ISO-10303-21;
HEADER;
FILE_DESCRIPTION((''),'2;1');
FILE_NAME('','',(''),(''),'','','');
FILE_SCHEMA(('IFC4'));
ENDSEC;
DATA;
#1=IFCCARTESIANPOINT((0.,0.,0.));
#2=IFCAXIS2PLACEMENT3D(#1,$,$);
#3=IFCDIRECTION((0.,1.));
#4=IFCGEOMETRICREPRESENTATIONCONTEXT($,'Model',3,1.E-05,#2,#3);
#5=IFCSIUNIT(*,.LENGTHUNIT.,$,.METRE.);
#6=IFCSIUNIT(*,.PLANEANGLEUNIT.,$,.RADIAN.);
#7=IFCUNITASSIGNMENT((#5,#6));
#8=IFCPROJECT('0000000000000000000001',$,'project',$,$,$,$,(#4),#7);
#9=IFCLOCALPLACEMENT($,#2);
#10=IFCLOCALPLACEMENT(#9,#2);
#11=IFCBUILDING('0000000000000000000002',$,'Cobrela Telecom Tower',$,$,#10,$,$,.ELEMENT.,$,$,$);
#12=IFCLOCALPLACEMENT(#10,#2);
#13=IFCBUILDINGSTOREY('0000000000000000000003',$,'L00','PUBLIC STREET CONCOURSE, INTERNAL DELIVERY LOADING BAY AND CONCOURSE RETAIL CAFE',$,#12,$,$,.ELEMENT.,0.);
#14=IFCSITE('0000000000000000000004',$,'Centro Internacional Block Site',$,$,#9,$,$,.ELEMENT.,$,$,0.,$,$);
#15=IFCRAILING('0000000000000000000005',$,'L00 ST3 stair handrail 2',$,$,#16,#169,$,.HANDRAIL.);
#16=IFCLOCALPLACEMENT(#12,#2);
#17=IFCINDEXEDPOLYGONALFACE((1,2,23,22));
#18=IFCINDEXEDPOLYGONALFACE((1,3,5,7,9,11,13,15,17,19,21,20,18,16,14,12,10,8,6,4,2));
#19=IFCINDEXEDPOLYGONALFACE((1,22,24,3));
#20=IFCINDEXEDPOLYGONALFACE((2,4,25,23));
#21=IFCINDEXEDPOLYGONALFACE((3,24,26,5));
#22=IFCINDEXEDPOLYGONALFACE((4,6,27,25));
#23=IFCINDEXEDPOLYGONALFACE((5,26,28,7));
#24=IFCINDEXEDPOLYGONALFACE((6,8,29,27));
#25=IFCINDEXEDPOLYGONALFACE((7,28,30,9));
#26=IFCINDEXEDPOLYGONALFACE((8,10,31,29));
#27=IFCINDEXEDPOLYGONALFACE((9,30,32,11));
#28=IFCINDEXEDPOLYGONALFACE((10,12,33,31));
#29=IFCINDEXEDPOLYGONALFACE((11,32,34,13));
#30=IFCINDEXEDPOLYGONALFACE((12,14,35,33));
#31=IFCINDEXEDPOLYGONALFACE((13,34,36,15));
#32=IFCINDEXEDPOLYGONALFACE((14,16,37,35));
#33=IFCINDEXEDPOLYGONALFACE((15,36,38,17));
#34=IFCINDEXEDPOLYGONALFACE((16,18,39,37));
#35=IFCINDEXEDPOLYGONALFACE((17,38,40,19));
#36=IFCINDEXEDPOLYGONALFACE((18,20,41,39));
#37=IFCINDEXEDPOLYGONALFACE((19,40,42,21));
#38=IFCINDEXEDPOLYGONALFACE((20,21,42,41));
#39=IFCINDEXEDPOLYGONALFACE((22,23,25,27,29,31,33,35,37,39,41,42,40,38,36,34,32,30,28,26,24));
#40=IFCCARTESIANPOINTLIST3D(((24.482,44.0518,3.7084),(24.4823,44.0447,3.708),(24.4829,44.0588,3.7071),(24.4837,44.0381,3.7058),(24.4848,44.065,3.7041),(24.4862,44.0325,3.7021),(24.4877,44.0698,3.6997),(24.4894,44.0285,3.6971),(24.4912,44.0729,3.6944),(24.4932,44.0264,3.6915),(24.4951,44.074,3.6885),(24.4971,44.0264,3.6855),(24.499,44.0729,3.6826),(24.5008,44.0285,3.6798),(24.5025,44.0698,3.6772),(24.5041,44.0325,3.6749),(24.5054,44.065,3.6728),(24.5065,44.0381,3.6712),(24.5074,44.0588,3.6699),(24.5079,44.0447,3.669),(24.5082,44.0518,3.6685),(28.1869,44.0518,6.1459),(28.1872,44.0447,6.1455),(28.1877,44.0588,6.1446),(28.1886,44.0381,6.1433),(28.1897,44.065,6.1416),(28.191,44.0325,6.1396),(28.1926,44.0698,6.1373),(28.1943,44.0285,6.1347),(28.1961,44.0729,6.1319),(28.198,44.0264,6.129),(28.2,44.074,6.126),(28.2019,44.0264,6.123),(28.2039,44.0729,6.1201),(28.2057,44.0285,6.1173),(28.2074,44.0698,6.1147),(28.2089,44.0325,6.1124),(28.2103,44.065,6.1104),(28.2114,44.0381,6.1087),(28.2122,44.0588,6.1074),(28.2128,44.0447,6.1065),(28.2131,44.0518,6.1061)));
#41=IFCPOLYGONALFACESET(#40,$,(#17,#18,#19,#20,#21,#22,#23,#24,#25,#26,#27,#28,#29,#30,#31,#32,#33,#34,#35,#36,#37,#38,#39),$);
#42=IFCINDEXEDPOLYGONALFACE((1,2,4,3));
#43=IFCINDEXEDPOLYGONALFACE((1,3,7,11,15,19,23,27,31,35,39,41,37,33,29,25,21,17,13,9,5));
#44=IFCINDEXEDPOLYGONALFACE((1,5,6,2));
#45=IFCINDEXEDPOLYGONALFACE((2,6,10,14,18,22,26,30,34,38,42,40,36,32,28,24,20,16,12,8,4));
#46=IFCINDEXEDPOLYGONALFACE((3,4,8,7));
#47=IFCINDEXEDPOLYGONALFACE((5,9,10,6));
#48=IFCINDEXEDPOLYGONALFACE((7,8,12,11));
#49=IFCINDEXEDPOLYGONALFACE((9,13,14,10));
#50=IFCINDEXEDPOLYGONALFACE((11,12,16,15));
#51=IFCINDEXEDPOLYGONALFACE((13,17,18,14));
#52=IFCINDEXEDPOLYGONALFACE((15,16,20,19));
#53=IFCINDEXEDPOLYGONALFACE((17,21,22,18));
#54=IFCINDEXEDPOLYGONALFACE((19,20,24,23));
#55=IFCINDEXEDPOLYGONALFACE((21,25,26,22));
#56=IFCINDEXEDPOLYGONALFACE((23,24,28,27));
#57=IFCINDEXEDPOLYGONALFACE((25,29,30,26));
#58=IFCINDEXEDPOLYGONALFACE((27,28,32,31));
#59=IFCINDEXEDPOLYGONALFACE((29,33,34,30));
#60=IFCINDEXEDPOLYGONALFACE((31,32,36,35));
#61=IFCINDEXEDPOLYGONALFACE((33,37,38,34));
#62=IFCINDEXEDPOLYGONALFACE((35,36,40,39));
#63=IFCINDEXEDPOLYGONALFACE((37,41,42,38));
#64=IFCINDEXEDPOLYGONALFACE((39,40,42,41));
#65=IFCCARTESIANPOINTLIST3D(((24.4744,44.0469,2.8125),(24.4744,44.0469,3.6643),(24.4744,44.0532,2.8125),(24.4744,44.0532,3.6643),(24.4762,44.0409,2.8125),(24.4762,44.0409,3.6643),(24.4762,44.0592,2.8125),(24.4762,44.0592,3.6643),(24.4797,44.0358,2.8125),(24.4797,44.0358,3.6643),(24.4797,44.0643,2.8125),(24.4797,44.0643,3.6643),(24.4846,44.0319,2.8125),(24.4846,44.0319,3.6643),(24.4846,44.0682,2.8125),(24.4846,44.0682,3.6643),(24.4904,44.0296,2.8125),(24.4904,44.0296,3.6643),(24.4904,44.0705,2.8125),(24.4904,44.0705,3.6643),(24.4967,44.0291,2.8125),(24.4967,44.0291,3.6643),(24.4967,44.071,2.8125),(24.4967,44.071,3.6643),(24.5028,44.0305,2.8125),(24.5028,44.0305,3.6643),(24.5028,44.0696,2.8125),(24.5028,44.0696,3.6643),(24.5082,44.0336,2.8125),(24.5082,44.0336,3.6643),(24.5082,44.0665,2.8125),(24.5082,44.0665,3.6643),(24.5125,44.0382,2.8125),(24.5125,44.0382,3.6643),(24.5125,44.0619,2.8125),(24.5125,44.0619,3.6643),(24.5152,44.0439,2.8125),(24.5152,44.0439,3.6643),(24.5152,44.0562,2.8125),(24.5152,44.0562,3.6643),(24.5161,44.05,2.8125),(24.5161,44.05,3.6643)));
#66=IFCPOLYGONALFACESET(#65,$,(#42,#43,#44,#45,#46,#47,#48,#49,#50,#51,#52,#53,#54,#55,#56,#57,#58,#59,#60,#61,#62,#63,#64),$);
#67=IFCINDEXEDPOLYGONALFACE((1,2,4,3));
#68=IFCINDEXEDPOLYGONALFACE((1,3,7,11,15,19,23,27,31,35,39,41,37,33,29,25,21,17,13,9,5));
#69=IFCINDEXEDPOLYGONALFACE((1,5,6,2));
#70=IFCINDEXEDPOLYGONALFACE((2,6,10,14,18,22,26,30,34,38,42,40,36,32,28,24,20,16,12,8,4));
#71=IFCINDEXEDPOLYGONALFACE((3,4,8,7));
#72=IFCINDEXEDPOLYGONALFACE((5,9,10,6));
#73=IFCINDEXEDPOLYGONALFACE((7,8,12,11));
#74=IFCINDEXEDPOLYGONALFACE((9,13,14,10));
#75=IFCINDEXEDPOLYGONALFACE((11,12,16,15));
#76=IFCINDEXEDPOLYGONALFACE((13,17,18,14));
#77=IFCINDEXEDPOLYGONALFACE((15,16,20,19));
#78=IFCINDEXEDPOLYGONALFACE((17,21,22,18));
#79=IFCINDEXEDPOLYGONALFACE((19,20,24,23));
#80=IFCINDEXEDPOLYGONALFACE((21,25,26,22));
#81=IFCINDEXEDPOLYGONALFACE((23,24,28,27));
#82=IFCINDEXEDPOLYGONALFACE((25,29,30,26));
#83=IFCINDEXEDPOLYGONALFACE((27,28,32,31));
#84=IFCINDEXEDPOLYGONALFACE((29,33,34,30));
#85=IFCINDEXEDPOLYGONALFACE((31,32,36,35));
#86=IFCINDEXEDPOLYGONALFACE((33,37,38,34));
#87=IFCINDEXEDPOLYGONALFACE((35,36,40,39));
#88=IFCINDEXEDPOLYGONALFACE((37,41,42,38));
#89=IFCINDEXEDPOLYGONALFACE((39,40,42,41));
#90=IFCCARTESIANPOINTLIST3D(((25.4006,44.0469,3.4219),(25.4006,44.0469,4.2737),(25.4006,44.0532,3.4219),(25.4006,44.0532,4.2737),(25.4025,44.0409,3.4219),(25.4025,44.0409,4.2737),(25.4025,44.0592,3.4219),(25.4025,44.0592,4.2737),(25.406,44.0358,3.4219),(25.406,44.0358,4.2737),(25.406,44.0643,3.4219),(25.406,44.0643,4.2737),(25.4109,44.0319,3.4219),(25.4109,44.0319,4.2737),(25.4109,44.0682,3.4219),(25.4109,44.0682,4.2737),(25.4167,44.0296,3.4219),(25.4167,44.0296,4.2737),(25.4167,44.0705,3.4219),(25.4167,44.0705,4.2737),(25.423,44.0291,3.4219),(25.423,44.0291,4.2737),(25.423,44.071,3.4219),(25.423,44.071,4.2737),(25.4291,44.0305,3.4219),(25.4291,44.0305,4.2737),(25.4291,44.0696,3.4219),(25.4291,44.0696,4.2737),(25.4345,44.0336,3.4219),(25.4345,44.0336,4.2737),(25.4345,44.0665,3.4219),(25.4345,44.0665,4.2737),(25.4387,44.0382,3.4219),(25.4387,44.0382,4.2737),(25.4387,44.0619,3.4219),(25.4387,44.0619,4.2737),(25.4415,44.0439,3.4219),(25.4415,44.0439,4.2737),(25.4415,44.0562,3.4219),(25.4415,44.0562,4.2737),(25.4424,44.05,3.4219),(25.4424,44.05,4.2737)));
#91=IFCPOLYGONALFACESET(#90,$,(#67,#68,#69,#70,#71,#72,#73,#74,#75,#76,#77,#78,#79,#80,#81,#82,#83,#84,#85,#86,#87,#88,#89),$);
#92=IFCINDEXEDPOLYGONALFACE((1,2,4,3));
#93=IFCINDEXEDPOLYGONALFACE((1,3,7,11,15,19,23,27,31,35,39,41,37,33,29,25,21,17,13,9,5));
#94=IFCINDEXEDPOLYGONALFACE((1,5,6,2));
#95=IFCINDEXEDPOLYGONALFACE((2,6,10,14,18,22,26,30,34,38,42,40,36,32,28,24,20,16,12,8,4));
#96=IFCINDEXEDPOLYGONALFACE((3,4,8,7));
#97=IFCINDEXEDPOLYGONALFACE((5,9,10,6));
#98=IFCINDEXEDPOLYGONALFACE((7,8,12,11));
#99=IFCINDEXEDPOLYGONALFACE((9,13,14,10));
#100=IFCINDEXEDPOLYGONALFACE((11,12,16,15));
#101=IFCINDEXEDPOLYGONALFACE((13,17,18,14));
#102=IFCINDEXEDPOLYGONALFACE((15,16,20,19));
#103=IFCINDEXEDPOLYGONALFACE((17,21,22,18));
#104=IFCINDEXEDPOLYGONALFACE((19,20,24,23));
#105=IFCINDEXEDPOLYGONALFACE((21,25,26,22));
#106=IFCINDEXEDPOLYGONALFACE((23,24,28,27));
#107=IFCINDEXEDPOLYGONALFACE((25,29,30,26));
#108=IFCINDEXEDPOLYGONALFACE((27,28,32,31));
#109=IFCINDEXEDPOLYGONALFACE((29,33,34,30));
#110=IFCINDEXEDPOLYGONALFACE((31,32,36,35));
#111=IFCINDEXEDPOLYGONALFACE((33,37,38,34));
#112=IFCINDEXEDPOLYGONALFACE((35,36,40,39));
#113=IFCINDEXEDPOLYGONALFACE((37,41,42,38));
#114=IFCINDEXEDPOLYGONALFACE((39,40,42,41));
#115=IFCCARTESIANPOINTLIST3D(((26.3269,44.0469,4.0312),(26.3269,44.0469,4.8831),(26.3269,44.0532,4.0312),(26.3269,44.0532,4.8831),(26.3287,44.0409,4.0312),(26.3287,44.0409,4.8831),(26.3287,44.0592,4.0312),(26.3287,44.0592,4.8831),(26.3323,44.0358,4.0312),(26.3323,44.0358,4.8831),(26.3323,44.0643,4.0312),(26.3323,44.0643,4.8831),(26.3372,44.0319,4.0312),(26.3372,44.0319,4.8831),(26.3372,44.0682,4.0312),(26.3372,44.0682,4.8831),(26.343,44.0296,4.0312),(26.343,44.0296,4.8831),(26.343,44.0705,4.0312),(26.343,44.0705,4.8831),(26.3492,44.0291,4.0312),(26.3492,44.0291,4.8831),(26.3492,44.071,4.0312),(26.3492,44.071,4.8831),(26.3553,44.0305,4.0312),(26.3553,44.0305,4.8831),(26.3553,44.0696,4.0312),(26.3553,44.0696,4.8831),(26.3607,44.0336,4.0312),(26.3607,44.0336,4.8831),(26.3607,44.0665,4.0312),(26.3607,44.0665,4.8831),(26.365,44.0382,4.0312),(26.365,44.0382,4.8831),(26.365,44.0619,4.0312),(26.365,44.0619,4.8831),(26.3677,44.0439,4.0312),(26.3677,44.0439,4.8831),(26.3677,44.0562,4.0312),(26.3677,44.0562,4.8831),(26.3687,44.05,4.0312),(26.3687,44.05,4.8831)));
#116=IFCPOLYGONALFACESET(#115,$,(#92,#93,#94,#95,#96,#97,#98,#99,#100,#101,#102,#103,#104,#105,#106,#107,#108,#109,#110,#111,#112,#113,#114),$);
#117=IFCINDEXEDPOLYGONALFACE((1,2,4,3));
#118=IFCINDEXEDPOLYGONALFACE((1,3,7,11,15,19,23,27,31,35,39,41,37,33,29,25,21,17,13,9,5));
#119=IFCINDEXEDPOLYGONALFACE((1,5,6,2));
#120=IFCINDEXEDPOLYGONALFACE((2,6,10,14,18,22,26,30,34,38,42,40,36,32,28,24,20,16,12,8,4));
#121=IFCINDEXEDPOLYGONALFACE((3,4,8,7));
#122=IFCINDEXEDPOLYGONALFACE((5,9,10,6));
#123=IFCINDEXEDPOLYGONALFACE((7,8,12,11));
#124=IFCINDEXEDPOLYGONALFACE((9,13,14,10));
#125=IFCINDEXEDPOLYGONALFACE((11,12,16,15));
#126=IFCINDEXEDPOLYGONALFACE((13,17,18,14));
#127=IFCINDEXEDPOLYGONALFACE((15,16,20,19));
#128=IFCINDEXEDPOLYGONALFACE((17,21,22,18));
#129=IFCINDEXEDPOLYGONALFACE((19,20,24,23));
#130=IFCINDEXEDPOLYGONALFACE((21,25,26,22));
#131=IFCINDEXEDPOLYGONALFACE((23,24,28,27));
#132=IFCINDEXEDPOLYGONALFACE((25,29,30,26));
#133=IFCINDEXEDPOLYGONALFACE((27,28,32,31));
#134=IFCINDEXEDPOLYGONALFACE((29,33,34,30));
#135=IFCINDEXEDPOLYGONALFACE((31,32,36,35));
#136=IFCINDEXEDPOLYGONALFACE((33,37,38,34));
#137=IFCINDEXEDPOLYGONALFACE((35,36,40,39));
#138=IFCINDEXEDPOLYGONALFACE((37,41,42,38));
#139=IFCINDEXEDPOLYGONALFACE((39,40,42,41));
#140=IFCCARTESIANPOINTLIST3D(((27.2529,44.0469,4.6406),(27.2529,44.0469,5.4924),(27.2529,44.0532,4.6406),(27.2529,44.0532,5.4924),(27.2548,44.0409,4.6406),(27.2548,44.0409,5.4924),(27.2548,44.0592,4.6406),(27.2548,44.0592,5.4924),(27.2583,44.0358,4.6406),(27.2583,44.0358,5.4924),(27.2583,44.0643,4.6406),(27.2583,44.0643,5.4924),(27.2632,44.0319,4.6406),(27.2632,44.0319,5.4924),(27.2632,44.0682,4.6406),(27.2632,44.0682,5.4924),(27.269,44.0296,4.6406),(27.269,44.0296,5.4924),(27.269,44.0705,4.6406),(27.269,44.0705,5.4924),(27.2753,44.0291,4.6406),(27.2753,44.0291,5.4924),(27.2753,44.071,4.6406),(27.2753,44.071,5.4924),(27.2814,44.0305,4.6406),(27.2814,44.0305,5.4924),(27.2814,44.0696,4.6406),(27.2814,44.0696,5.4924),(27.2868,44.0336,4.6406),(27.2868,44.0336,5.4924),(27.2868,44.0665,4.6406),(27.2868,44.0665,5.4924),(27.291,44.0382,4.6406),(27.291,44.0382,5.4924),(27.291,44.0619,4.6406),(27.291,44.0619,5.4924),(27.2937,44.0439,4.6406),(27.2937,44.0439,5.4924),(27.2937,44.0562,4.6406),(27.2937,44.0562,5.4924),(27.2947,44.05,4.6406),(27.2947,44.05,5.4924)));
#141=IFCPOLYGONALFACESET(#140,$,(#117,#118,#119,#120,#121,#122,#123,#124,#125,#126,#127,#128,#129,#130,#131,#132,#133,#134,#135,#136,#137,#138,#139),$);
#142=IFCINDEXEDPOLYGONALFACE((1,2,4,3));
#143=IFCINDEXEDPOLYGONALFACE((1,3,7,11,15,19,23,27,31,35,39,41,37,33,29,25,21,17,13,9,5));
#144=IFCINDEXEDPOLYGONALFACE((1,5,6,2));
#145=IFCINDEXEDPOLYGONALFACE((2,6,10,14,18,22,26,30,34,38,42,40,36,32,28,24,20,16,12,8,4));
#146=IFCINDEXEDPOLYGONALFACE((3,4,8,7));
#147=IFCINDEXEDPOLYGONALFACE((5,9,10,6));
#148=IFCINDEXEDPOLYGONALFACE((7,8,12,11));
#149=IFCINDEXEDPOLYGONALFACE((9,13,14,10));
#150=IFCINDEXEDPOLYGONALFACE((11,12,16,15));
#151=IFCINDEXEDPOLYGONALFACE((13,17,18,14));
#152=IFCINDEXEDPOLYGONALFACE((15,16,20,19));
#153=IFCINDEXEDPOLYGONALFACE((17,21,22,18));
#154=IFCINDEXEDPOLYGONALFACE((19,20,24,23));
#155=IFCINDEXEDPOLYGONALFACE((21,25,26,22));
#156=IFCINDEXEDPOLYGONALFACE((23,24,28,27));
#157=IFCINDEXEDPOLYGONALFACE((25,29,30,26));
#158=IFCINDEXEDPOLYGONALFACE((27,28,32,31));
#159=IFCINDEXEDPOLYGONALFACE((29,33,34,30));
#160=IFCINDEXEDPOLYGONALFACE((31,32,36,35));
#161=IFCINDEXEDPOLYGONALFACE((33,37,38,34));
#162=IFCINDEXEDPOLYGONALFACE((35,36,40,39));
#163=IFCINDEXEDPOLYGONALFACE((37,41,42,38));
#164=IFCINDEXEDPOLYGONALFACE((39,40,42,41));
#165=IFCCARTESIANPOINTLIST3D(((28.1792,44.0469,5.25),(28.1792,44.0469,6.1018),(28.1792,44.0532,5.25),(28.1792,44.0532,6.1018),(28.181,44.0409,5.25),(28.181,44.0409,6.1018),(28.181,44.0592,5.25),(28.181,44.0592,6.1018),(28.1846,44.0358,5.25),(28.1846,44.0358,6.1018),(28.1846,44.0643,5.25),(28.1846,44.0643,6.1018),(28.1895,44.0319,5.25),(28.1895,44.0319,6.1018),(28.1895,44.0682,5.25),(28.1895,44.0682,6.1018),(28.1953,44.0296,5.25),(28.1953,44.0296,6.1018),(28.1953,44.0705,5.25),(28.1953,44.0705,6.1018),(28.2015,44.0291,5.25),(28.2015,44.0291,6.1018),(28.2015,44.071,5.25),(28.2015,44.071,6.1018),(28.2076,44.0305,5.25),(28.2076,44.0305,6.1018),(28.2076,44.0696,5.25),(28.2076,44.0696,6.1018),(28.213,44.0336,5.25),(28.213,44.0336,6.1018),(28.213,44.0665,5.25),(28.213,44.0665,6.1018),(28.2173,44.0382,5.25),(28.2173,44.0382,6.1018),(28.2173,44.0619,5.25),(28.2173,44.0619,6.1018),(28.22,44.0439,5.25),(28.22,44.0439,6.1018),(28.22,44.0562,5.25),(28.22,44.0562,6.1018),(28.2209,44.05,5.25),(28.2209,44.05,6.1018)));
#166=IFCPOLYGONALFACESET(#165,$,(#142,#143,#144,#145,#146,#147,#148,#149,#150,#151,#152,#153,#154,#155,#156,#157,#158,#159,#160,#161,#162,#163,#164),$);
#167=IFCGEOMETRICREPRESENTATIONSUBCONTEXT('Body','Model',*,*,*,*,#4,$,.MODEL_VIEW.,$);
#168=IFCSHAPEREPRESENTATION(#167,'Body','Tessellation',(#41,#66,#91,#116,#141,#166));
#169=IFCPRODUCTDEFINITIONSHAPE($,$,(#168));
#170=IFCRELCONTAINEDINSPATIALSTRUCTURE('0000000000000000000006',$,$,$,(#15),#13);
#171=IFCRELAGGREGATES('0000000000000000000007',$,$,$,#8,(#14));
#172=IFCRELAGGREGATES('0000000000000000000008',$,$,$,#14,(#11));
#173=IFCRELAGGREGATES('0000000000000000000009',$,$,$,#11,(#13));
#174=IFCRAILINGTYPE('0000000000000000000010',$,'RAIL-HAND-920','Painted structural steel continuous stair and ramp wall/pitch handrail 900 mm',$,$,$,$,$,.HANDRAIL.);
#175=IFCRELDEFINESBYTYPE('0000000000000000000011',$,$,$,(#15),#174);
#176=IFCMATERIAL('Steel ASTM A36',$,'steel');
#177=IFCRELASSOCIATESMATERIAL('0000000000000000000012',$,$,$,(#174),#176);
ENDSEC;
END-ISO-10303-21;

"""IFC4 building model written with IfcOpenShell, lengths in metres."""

from ifc_helpers import new_model, si_unit, direction, frame, origin, origin_2d, place, context, subcontext, project, spatial, circle, extrude, material, type_object, element, save


model = new_model("IFC4")

# Units and contexts
model_context = context("Model", 3, precision=1e-05, world=origin(), true_north=direction((0.0, 1.0)))
body_context = subcontext(model_context, "Body", "Model", "MODEL_VIEW")
ifc_project = project(units=[si_unit("LENGTHUNIT", "METRE"), si_unit("PLANEANGLEUNIT", "RADIAN")], contexts=[model_context])

# Site, building, storey
site_placement = place(None, origin())
site = spatial("IfcSite", under=ifc_project, at=site_placement, Name="Centro Internacional Block Site", CompositionType="ELEMENT", RefElevation=0.0)
building_placement = place(site_placement, origin())
building = spatial("IfcBuilding", under=site, at=building_placement, Name="Cobrela Telecom Tower", CompositionType="ELEMENT")
storey_placement = place(building_placement, origin())
storey = spatial("IfcBuildingStorey", under=building, at=storey_placement, Name="L00", Description="PUBLIC STREET CONCOURSE, INTERNAL DELIVERY LOADING BAY AND CONCOURSE RETAIL CAFE", CompositionType="ELEMENT", Elevation=0.0)

# Shared definitions
ifc_material_1 = material(Name="Steel ASTM A36", Category="steel")

# Railing
railing_type_1 = type_object("IfcRailingType", Name="RAIL-HAND-920", Description="Painted structural steel continuous stair and ramp wall/pitch handrail 900 mm", PredefinedType="HANDRAIL", material=ifc_material_1)
railing_1_placement = place(storey_placement, frame((24.4951, 44.05, 2.8125)))
element("IfcRailing", 1, at=railing_1_placement, inside=storey, type_object=railing_type_1, Name="L00 ST3 stair handrail 2", PredefinedType="HANDRAIL", context=body_context, shape_type="SweptSolid", body=[
    extrude(circle(Radius=0.0239, at=origin_2d()), frame((0.0, 0.0, 0.876), z_axis=(0.835406, 0.0, 0.549634), x_axis=(0.0, 1.0, 0.0)), (0.0, 0.0, 1.0), 4.4348),
    extrude(circle(Radius=0.021, at=origin_2d()), origin(), (0.0, 0.0, 1.0), 0.8518),
    extrude(circle(Radius=0.021, at=origin_2d()), frame((0.9263, 0.0, 0.6094)), (0.0, 0.0, 1.0), 0.8518),
    extrude(circle(Radius=0.021, at=origin_2d()), frame((1.8525, 0.0, 1.2188)), (0.0, 0.0, 1.0), 0.8518),
    extrude(circle(Radius=0.021, at=origin_2d()), frame((2.7786, 0.0, 1.8281)), (0.0, 0.0, 1.0), 0.8518),
    extrude(circle(Radius=0.021, at=origin_2d()), frame((3.7048, 0.0, 2.4375)), (0.0, 0.0, 1.0), 0.8518),
])

save(model, "model.ifc")
